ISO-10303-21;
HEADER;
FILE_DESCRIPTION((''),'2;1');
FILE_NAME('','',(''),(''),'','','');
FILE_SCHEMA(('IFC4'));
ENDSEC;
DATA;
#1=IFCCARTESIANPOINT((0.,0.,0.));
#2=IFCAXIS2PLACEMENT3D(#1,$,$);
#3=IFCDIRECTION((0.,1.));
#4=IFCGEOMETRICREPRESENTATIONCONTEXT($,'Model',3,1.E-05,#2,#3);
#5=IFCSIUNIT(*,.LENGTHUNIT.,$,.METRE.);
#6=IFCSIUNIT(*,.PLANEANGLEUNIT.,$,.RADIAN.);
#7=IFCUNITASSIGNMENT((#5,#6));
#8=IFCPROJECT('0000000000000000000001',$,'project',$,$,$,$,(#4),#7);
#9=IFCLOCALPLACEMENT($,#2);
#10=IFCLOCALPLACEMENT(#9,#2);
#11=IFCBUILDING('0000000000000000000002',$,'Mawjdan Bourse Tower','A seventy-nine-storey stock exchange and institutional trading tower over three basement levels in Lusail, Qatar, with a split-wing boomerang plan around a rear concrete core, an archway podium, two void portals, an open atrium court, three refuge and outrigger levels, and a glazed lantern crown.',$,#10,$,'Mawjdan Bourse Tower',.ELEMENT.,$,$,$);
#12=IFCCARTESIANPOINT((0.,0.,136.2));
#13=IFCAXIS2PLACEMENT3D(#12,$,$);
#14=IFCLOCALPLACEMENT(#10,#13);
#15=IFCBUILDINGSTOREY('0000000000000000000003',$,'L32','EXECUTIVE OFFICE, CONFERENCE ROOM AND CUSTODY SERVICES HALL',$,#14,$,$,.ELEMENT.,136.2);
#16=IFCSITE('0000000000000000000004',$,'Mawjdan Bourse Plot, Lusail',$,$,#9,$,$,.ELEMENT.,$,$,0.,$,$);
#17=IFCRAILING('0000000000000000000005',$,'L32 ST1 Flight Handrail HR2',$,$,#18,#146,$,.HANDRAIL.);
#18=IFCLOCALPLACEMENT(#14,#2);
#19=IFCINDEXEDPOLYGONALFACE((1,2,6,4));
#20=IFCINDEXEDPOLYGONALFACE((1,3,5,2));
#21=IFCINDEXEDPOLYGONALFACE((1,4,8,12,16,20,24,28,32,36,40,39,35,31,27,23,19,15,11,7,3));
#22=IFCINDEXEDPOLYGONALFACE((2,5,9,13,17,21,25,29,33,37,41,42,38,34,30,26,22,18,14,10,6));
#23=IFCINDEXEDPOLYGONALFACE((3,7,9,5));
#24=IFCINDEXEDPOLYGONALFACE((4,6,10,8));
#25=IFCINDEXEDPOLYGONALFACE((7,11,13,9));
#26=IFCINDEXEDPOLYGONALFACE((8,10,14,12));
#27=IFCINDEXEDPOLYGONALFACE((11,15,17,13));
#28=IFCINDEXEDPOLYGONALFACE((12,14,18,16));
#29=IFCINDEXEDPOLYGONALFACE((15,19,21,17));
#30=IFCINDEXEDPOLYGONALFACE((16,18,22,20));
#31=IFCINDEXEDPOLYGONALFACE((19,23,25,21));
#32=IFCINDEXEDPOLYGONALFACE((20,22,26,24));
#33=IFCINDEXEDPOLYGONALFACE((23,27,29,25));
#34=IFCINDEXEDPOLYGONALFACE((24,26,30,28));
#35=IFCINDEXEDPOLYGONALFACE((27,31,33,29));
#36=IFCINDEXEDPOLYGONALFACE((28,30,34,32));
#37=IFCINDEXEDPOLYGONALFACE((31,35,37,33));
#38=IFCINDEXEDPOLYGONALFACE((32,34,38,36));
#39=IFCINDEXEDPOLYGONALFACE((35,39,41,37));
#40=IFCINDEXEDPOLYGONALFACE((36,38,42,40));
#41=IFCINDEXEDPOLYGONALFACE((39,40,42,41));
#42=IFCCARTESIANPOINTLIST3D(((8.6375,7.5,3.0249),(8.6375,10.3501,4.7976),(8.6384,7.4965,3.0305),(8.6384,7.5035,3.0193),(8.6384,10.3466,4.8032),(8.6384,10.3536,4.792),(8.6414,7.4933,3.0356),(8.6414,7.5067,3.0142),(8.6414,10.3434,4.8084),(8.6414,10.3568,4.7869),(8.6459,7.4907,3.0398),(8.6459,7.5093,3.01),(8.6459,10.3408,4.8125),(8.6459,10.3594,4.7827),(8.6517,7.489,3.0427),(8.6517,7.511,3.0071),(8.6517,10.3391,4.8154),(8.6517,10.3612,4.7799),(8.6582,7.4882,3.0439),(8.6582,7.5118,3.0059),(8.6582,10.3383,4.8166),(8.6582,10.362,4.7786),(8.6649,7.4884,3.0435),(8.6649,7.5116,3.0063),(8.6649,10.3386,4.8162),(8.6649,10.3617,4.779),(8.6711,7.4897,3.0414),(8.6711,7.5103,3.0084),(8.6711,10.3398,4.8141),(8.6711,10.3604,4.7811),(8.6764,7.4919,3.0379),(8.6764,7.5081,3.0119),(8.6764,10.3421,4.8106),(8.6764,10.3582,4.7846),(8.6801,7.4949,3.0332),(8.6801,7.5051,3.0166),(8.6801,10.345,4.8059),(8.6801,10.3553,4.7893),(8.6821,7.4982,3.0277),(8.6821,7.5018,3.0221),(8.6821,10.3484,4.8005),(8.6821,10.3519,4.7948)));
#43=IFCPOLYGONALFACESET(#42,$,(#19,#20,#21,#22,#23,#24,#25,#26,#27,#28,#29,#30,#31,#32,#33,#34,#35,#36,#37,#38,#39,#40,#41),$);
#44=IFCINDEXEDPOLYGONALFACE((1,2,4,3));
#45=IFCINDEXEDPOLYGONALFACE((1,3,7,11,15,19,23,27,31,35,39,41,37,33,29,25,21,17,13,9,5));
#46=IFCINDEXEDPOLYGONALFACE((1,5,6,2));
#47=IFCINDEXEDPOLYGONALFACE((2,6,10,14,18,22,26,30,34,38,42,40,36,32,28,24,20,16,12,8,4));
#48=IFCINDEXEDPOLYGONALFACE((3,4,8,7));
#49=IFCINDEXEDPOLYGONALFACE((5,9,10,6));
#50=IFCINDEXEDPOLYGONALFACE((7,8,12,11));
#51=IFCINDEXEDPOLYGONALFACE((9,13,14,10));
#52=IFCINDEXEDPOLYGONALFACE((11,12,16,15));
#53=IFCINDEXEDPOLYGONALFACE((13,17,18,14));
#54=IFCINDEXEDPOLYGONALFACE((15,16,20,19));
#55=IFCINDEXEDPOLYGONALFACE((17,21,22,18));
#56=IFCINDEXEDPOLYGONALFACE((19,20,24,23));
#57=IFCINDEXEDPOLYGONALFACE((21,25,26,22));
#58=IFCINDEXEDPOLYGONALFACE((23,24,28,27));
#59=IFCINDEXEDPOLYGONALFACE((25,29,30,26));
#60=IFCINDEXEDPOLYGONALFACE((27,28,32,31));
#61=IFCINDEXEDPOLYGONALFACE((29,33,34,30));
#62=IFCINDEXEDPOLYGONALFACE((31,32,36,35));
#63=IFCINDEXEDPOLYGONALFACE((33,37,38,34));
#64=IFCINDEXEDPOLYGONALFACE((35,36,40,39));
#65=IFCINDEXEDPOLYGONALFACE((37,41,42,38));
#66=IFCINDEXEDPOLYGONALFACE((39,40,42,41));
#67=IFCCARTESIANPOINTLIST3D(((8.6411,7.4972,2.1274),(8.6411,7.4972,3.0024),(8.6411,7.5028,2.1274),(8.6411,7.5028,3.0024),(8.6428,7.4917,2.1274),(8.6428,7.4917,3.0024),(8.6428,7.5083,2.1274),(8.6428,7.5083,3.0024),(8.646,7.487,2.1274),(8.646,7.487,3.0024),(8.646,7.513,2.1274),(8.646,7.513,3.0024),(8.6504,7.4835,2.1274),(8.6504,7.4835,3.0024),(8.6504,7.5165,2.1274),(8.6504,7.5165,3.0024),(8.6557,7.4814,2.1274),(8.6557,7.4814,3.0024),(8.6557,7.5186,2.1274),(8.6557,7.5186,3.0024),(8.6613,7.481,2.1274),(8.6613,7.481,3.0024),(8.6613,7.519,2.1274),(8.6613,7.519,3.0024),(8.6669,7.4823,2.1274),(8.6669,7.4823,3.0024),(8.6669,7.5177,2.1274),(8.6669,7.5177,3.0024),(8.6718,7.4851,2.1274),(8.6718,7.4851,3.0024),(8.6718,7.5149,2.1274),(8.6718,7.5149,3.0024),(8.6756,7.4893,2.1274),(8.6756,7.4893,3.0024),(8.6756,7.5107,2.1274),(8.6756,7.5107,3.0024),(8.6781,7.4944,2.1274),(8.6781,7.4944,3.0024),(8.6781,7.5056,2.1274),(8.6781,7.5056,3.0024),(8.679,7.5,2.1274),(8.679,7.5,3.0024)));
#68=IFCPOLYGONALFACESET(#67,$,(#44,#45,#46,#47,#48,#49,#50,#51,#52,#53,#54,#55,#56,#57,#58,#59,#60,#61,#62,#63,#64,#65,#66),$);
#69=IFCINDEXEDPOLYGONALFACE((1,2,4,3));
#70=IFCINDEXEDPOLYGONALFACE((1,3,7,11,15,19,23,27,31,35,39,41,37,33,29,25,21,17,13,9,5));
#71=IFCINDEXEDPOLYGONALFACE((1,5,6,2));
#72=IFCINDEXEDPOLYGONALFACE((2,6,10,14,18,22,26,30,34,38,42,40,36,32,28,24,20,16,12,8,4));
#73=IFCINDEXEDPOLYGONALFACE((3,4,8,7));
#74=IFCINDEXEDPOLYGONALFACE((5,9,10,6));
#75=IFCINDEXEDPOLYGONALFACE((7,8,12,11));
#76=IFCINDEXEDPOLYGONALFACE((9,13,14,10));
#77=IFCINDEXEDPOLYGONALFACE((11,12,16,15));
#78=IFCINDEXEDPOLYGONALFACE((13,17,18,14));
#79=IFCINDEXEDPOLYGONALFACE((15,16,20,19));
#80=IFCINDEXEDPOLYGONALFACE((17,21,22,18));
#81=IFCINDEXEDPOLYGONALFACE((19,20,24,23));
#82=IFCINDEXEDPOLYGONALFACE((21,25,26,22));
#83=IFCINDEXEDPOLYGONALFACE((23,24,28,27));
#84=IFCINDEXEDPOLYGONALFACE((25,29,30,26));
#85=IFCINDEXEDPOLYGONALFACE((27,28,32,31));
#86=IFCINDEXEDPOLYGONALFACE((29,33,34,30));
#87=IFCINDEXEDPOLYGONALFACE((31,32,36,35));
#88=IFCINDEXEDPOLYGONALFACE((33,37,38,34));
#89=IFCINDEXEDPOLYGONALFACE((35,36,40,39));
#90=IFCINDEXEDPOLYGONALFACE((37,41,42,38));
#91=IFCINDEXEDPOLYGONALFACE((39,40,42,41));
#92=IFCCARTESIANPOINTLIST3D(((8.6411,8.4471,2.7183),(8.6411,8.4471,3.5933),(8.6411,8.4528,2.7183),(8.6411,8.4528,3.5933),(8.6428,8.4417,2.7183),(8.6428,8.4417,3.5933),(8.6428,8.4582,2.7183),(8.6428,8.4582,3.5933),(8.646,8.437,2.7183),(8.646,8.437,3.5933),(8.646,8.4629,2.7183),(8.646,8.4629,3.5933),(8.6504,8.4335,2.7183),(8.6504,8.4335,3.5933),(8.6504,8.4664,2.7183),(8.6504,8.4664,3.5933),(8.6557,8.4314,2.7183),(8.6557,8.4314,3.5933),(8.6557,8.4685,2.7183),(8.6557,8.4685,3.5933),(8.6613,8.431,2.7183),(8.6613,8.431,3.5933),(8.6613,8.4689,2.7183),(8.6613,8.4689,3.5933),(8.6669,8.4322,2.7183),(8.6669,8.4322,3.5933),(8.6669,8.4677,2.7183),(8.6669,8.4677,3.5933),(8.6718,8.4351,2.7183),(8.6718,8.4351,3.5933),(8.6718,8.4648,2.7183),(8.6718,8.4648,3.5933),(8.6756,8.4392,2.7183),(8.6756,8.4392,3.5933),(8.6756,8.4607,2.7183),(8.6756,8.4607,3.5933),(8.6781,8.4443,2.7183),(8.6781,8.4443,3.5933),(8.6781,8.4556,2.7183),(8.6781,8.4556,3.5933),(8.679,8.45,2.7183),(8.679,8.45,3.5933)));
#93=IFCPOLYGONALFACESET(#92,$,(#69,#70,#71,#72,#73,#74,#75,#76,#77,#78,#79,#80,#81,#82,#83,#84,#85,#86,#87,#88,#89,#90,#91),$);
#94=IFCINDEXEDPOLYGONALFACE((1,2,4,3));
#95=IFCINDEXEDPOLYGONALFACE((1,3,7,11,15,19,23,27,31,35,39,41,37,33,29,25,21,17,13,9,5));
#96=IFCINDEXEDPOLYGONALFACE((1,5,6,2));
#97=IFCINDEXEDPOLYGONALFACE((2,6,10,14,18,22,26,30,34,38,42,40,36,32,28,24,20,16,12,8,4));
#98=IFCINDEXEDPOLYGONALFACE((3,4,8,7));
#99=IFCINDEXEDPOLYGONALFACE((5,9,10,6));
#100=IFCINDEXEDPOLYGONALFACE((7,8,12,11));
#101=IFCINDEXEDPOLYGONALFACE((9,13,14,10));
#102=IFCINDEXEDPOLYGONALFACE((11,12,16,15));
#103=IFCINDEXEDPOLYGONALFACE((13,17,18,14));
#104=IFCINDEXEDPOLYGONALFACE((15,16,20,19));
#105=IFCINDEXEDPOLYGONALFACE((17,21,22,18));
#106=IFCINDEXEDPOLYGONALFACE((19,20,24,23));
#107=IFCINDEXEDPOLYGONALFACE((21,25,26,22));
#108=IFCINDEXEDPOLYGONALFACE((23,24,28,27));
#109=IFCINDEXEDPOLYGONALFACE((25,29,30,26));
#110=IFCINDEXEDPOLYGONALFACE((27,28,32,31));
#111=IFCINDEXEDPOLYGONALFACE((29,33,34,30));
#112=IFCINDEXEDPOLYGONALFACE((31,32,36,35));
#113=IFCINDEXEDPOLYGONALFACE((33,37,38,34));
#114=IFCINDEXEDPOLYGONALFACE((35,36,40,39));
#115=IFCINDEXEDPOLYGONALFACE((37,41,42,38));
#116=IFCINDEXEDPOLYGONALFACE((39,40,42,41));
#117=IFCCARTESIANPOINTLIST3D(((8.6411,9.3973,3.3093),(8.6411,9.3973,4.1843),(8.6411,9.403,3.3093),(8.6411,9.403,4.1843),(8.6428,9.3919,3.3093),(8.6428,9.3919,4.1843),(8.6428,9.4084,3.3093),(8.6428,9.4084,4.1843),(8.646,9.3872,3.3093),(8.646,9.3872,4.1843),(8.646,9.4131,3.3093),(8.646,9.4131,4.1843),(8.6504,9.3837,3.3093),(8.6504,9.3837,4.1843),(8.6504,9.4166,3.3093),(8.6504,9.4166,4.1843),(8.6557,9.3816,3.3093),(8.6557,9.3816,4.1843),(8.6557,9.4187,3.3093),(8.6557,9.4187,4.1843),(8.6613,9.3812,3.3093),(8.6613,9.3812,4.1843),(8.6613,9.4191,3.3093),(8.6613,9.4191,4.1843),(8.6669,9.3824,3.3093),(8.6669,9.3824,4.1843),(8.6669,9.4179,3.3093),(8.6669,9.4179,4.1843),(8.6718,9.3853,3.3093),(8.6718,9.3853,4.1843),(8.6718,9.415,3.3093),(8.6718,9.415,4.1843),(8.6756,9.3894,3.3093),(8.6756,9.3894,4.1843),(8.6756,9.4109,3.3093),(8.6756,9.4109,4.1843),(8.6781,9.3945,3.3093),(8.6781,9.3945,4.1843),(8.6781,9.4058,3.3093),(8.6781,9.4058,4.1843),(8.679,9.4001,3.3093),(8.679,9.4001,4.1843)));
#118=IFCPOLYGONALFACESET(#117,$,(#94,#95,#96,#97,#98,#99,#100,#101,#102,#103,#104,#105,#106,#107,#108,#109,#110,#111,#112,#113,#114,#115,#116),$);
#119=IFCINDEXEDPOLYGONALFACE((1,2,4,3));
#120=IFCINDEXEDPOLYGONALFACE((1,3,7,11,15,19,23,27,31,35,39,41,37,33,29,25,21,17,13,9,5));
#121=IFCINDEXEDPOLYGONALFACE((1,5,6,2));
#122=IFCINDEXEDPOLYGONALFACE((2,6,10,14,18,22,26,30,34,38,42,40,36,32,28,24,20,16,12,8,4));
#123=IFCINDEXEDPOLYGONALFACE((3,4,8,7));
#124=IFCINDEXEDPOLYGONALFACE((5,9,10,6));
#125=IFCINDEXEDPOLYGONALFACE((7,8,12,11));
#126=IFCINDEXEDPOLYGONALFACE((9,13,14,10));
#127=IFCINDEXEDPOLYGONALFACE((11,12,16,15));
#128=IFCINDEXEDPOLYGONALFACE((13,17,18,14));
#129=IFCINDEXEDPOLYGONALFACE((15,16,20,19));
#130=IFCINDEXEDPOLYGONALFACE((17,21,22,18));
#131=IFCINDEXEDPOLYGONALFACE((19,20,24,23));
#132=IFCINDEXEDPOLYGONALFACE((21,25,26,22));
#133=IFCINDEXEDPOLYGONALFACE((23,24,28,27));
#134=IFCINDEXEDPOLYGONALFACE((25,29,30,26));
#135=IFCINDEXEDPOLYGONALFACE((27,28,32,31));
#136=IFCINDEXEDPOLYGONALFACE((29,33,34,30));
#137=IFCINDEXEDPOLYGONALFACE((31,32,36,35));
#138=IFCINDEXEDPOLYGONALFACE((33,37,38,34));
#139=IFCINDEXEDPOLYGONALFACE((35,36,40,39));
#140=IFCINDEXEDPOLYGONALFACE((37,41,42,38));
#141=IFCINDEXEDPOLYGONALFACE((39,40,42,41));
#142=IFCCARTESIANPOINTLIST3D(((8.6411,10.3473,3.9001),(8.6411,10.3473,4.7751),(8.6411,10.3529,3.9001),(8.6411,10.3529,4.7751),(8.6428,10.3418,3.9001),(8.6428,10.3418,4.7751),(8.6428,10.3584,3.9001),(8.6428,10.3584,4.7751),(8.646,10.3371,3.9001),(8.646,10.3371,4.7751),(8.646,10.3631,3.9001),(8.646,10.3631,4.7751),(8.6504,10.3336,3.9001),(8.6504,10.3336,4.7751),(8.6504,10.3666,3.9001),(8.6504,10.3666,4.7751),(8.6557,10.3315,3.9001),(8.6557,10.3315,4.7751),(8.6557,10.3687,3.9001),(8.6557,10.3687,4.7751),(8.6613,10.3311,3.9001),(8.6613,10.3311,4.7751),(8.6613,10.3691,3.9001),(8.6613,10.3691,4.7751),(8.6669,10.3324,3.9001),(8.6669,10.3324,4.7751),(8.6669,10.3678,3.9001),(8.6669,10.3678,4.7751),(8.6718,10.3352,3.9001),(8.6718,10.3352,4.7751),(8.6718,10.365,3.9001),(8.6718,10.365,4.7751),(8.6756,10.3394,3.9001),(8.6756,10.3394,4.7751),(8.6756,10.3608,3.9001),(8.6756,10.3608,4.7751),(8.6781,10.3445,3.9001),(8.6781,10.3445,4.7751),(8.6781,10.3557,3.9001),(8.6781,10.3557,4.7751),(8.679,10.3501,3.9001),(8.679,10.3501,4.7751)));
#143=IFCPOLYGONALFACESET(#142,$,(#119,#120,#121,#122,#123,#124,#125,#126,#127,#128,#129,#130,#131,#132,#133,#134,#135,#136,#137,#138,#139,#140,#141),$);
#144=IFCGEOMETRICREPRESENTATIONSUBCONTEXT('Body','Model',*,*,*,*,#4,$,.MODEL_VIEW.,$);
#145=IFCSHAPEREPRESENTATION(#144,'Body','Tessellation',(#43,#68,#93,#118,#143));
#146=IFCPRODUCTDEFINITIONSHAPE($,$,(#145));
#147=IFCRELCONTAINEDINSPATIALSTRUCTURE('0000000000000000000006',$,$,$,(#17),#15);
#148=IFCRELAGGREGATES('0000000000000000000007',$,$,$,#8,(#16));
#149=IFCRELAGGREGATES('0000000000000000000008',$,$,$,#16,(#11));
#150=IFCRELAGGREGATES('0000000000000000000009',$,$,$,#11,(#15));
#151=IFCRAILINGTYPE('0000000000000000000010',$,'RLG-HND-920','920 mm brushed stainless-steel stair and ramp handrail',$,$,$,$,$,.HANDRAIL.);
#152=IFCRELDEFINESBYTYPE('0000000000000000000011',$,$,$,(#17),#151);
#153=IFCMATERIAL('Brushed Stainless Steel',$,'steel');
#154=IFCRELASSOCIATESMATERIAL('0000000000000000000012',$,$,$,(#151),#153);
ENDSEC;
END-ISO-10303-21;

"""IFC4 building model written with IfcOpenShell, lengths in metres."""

from ifc_helpers import new_model, si_unit, direction, frame, origin, origin_2d, place, context, subcontext, project, spatial, circle, extrude, material, type_object, element, save


model = new_model("IFC4")

# Units and contexts
model_context = context("Model", 3, precision=1e-05, world=origin(), true_north=direction((0.0, 1.0)))
body_context = subcontext(model_context, "Body", "Model", "MODEL_VIEW")
ifc_project = project(units=[si_unit("LENGTHUNIT", "METRE"), si_unit("PLANEANGLEUNIT", "RADIAN")], contexts=[model_context])

# Site, building, storey
site_placement = place(None, origin())
site = spatial("IfcSite", under=ifc_project, at=site_placement, Name="Mawjdan Bourse Plot, Lusail", CompositionType="ELEMENT", RefElevation=0.0)
building_placement = place(site_placement, origin())
building = spatial("IfcBuilding", under=site, at=building_placement, Name="Mawjdan Bourse Tower", Description="A seventy-nine-storey stock exchange and institutional trading tower over three basement levels in Lusail, Qatar, with a split-wing boomerang plan around a rear concrete core, an archway podium, two void portals, an open atrium court, three refuge and outrigger levels, and a glazed lantern crown.", LongName="Mawjdan Bourse Tower", CompositionType="ELEMENT")
storey_placement = place(building_placement, frame((0.0, 0.0, 136.2)))
storey = spatial("IfcBuildingStorey", under=building, at=storey_placement, Name="L32", Description="EXECUTIVE OFFICE, CONFERENCE ROOM AND CUSTODY SERVICES HALL", CompositionType="ELEMENT", Elevation=136.2)

# Railing
ifc_material_1 = material(Name="Brushed Stainless Steel", Category="steel")
railing_type_1 = type_object("IfcRailingType", Name="RLG-HND-920", Description="920 mm brushed stainless-steel stair and ramp handrail", PredefinedType="HANDRAIL", material=ifc_material_1)
for number, where, name in (
    (1, (8.6599, 7.5, 2.1274), "L32 ST1 Flight Handrail HR2"),
):
    element("IfcRailing", number, at=place(storey_placement, frame(where)), inside=storey, type_object=railing_type_1, Name=name, PredefinedType="HANDRAIL", context=body_context, shape_type="SweptSolid", body=[
        extrude(circle(Radius=0.0225, at=origin_2d()), frame((0.0, 0.0, 0.8975), z_axis=(0.0, 0.849149, 0.528154), x_axis=(-1.0, 0.0, 0.0)), (0.0, 0.0, 1.0), 3.3564),
        extrude(circle(Radius=0.019, at=origin_2d()), origin(), (0.0, 0.0, 1.0), 0.875),
        extrude(circle(Radius=0.019, at=origin_2d()), frame((0.0, 0.95, 0.5908)), (0.0, 0.0, 1.0), 0.875),
        extrude(circle(Radius=0.019, at=origin_2d()), frame((0.0, 1.9001, 1.1819)), (0.0, 0.0, 1.0), 0.875),
        extrude(circle(Radius=0.019, at=origin_2d()), frame((0.0, 2.8501, 1.7727)), (0.0, 0.0, 1.0), 0.875),
    ])

save(model, "model.ifc")
